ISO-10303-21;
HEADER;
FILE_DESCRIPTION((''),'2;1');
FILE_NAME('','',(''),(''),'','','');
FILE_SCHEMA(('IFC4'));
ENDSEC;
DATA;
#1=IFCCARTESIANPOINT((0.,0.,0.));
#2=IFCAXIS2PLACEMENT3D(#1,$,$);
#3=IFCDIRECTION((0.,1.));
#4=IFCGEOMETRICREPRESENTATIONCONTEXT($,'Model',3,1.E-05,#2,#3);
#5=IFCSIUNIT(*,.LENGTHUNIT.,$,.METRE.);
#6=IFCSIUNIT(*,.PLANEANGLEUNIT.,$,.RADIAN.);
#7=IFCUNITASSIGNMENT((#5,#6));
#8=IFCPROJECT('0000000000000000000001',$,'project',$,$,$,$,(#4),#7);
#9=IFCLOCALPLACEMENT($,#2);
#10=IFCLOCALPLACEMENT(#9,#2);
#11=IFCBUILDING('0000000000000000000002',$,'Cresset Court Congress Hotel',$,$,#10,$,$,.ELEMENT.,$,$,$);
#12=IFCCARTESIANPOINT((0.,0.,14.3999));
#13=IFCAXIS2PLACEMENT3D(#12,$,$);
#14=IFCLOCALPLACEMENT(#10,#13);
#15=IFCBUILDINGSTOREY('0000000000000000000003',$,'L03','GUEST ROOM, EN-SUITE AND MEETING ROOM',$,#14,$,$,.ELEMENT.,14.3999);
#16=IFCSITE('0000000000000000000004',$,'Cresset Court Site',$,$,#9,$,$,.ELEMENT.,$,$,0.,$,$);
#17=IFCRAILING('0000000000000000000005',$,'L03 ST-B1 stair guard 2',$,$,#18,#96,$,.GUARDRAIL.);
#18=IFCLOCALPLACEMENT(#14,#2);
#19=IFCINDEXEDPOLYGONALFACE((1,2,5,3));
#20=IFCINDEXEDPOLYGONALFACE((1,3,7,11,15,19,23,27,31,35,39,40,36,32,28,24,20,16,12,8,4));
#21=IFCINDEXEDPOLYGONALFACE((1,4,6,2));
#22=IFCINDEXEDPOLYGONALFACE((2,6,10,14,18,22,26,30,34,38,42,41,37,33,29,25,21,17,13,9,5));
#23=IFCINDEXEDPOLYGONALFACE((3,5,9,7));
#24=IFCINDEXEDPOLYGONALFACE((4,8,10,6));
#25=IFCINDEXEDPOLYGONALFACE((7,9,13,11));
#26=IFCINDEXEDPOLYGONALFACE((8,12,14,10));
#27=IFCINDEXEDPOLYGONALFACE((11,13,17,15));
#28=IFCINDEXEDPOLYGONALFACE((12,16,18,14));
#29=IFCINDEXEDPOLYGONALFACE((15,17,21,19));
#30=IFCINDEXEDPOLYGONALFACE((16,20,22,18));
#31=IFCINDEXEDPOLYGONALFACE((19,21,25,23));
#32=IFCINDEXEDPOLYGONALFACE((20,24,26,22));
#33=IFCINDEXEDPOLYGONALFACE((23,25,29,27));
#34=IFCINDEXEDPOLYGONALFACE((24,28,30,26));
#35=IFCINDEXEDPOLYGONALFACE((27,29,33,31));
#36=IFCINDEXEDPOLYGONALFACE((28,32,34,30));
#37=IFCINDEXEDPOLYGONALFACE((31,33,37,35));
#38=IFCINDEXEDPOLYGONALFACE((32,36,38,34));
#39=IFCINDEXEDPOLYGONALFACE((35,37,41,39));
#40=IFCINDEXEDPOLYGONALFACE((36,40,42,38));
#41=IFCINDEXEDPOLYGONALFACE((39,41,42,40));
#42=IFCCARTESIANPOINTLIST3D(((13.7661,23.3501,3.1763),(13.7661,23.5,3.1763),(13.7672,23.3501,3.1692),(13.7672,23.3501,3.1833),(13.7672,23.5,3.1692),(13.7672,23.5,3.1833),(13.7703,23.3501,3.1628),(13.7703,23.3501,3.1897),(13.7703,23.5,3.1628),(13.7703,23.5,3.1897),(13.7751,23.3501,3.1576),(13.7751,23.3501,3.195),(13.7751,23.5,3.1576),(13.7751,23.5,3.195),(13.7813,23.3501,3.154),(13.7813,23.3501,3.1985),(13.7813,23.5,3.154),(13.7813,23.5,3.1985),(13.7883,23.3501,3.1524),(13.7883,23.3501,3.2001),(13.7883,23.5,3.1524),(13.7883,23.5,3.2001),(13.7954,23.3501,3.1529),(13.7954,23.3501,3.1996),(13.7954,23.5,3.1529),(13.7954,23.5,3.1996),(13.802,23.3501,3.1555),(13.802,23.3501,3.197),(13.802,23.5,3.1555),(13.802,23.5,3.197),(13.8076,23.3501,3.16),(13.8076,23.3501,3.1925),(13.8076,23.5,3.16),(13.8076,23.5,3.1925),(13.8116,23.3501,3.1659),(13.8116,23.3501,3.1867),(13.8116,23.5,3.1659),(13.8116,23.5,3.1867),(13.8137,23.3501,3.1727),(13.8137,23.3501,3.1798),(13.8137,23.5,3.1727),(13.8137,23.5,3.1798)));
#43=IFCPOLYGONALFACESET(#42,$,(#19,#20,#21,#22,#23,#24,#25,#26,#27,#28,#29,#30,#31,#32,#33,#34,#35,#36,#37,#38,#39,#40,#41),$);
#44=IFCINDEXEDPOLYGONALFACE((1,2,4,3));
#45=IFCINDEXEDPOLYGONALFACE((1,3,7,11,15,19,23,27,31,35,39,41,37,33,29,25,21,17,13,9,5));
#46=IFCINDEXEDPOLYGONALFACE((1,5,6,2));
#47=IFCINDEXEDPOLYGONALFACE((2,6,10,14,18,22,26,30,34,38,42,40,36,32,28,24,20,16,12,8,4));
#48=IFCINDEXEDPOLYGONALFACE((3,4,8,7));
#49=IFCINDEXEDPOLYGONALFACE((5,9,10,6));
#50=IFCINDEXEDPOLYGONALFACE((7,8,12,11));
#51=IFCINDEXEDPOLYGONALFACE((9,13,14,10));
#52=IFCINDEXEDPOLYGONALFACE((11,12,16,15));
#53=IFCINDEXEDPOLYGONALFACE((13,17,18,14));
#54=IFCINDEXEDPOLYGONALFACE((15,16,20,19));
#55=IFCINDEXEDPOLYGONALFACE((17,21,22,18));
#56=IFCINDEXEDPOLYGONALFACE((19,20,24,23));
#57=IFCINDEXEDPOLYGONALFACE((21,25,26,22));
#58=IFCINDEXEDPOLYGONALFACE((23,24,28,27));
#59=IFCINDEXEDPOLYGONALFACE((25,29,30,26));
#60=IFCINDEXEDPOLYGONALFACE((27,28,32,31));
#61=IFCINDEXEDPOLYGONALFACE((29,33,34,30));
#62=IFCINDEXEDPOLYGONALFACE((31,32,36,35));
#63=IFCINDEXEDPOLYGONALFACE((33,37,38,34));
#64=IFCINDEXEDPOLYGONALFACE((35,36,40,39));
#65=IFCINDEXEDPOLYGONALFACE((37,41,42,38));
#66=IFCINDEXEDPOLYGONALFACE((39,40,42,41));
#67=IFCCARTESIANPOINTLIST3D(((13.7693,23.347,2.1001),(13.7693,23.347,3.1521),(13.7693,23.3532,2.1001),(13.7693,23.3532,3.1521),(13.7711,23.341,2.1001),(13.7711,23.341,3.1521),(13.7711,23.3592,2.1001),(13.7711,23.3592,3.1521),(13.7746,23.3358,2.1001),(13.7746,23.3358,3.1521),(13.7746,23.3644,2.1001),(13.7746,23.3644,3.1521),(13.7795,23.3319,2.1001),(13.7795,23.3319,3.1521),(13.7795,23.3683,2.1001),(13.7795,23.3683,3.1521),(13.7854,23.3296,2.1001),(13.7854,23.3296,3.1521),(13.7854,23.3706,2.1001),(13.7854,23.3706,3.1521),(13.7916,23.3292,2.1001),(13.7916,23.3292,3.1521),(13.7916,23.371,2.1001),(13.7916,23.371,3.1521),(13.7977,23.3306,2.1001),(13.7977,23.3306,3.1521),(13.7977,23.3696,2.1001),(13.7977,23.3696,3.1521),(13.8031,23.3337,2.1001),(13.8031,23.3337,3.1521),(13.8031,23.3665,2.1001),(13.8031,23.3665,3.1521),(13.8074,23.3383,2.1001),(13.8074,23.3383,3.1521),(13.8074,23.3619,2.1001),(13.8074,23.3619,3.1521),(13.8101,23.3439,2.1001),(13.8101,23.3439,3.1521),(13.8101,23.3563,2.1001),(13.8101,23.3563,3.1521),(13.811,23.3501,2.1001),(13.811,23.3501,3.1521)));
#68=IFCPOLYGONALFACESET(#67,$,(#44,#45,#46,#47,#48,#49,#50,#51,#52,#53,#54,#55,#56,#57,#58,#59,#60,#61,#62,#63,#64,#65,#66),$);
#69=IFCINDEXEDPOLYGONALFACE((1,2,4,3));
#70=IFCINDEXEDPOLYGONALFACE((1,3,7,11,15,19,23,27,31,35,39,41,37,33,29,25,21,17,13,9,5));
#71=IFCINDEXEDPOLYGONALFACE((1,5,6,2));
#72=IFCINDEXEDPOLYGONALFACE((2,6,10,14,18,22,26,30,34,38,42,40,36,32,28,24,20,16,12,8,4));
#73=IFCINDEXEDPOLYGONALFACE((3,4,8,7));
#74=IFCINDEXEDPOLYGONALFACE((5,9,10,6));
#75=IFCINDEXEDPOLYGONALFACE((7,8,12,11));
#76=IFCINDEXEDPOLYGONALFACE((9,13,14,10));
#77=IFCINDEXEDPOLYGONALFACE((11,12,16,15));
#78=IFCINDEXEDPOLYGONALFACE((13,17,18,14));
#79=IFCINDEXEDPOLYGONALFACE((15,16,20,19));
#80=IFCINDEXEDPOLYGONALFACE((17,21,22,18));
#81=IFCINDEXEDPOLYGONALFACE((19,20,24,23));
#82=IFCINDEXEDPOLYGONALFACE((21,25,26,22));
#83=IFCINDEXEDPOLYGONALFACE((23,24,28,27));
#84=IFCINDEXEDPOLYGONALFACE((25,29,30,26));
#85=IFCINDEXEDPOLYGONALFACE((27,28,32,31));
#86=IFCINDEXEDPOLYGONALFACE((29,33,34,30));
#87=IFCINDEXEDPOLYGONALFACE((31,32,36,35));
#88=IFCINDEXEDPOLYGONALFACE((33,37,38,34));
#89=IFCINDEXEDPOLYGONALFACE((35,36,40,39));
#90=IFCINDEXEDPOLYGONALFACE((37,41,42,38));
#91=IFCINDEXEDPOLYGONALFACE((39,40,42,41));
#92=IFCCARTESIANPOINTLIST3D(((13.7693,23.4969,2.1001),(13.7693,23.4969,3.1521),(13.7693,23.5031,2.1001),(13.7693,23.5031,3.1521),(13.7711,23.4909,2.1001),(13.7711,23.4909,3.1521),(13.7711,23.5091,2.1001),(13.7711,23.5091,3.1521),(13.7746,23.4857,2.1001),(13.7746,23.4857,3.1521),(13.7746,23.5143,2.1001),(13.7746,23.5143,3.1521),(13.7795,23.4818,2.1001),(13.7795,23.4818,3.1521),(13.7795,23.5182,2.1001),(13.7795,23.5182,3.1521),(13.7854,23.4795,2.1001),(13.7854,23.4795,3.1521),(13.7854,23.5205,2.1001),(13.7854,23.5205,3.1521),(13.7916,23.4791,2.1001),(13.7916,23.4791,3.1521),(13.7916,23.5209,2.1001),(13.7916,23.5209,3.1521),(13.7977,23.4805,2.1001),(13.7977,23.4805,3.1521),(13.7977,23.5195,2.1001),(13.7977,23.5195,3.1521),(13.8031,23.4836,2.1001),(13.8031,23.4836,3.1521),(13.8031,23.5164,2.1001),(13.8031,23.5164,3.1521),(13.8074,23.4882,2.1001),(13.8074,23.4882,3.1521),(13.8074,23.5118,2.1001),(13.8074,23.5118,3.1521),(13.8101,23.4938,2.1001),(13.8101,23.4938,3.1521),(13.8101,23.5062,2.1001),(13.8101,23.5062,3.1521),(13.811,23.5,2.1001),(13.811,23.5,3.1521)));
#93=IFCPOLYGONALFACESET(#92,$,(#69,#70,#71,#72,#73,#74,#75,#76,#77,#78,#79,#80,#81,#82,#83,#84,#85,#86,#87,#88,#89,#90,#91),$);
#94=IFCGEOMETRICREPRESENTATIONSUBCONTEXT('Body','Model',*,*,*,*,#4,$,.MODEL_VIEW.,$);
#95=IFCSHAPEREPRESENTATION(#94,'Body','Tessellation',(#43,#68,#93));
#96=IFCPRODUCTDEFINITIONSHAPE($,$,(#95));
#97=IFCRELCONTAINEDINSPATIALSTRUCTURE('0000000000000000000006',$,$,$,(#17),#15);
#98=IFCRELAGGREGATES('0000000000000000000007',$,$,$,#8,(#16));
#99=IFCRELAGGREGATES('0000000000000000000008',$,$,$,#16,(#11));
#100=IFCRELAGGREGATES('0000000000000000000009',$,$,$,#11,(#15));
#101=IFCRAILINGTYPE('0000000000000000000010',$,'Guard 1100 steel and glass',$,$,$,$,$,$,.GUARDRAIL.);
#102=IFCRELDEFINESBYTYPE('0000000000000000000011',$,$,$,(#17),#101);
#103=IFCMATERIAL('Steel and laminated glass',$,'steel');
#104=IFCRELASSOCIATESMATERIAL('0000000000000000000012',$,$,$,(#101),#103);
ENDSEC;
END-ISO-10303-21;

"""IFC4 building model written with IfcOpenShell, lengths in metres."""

from ifc_helpers import new_model, si_unit, direction, frame, origin, origin_2d, place, context, subcontext, project, spatial, circle, extrude, material, type_object, element, save


model = new_model("IFC4")

# Units and contexts
model_context = context("Model", 3, precision=1e-05, world=origin(), true_north=direction((0.0, 1.0)))
body_context = subcontext(model_context, "Body", "Model", "MODEL_VIEW")
ifc_project = project(units=[si_unit("LENGTHUNIT", "METRE"), si_unit("PLANEANGLEUNIT", "RADIAN")], contexts=[model_context])

# Site, building, storey
site_placement = place(None, origin())
site = spatial("IfcSite", under=ifc_project, at=site_placement, Name="Cresset Court Site", CompositionType="ELEMENT", RefElevation=0.0)
building_placement = place(site_placement, origin())
building = spatial("IfcBuilding", under=site, at=building_placement, Name="Cresset Court Congress Hotel", CompositionType="ELEMENT")
storey_placement = place(building_placement, frame((0.0, 0.0, 14.3999)))
storey = spatial("IfcBuildingStorey", under=building, at=storey_placement, Name="L03", Description="GUEST ROOM, EN-SUITE AND MEETING ROOM", CompositionType="ELEMENT", Elevation=14.3999)

# Railing
ifc_material_1 = material(Name="Steel and laminated glass", Category="steel")
railing_type_1 = type_object("IfcRailingType", Name="Guard 1100 steel and glass", PredefinedType="GUARDRAIL", material=ifc_material_1)
railing_1_placement = place(storey_placement, frame((13.79, 23.3501, 2.1001)))
element("IfcRailing", 1, at=railing_1_placement, inside=storey, type_object=railing_type_1, Name="L03 ST-B1 stair guard 2", PredefinedType="GUARDRAIL", context=body_context, shape_type="SweptSolid", body=[
    extrude(circle(Radius=0.0239, at=origin_2d()), frame((0.0, 0.0, 1.0762), z_axis=(0.0, 1.0, 0.0), x_axis=(-1.0, 0.0, 0.0)), (0.0, 0.0, 1.0), 0.1499),
    extrude(circle(Radius=0.021, at=origin_2d()), origin(), (0.0, 0.0, 1.0), 1.052),
    extrude(circle(Radius=0.021, at=origin_2d()), frame((0.0, 0.1499, 0.0)), (0.0, 0.0, 1.0), 1.052),
])

save(model, "model.ifc")
